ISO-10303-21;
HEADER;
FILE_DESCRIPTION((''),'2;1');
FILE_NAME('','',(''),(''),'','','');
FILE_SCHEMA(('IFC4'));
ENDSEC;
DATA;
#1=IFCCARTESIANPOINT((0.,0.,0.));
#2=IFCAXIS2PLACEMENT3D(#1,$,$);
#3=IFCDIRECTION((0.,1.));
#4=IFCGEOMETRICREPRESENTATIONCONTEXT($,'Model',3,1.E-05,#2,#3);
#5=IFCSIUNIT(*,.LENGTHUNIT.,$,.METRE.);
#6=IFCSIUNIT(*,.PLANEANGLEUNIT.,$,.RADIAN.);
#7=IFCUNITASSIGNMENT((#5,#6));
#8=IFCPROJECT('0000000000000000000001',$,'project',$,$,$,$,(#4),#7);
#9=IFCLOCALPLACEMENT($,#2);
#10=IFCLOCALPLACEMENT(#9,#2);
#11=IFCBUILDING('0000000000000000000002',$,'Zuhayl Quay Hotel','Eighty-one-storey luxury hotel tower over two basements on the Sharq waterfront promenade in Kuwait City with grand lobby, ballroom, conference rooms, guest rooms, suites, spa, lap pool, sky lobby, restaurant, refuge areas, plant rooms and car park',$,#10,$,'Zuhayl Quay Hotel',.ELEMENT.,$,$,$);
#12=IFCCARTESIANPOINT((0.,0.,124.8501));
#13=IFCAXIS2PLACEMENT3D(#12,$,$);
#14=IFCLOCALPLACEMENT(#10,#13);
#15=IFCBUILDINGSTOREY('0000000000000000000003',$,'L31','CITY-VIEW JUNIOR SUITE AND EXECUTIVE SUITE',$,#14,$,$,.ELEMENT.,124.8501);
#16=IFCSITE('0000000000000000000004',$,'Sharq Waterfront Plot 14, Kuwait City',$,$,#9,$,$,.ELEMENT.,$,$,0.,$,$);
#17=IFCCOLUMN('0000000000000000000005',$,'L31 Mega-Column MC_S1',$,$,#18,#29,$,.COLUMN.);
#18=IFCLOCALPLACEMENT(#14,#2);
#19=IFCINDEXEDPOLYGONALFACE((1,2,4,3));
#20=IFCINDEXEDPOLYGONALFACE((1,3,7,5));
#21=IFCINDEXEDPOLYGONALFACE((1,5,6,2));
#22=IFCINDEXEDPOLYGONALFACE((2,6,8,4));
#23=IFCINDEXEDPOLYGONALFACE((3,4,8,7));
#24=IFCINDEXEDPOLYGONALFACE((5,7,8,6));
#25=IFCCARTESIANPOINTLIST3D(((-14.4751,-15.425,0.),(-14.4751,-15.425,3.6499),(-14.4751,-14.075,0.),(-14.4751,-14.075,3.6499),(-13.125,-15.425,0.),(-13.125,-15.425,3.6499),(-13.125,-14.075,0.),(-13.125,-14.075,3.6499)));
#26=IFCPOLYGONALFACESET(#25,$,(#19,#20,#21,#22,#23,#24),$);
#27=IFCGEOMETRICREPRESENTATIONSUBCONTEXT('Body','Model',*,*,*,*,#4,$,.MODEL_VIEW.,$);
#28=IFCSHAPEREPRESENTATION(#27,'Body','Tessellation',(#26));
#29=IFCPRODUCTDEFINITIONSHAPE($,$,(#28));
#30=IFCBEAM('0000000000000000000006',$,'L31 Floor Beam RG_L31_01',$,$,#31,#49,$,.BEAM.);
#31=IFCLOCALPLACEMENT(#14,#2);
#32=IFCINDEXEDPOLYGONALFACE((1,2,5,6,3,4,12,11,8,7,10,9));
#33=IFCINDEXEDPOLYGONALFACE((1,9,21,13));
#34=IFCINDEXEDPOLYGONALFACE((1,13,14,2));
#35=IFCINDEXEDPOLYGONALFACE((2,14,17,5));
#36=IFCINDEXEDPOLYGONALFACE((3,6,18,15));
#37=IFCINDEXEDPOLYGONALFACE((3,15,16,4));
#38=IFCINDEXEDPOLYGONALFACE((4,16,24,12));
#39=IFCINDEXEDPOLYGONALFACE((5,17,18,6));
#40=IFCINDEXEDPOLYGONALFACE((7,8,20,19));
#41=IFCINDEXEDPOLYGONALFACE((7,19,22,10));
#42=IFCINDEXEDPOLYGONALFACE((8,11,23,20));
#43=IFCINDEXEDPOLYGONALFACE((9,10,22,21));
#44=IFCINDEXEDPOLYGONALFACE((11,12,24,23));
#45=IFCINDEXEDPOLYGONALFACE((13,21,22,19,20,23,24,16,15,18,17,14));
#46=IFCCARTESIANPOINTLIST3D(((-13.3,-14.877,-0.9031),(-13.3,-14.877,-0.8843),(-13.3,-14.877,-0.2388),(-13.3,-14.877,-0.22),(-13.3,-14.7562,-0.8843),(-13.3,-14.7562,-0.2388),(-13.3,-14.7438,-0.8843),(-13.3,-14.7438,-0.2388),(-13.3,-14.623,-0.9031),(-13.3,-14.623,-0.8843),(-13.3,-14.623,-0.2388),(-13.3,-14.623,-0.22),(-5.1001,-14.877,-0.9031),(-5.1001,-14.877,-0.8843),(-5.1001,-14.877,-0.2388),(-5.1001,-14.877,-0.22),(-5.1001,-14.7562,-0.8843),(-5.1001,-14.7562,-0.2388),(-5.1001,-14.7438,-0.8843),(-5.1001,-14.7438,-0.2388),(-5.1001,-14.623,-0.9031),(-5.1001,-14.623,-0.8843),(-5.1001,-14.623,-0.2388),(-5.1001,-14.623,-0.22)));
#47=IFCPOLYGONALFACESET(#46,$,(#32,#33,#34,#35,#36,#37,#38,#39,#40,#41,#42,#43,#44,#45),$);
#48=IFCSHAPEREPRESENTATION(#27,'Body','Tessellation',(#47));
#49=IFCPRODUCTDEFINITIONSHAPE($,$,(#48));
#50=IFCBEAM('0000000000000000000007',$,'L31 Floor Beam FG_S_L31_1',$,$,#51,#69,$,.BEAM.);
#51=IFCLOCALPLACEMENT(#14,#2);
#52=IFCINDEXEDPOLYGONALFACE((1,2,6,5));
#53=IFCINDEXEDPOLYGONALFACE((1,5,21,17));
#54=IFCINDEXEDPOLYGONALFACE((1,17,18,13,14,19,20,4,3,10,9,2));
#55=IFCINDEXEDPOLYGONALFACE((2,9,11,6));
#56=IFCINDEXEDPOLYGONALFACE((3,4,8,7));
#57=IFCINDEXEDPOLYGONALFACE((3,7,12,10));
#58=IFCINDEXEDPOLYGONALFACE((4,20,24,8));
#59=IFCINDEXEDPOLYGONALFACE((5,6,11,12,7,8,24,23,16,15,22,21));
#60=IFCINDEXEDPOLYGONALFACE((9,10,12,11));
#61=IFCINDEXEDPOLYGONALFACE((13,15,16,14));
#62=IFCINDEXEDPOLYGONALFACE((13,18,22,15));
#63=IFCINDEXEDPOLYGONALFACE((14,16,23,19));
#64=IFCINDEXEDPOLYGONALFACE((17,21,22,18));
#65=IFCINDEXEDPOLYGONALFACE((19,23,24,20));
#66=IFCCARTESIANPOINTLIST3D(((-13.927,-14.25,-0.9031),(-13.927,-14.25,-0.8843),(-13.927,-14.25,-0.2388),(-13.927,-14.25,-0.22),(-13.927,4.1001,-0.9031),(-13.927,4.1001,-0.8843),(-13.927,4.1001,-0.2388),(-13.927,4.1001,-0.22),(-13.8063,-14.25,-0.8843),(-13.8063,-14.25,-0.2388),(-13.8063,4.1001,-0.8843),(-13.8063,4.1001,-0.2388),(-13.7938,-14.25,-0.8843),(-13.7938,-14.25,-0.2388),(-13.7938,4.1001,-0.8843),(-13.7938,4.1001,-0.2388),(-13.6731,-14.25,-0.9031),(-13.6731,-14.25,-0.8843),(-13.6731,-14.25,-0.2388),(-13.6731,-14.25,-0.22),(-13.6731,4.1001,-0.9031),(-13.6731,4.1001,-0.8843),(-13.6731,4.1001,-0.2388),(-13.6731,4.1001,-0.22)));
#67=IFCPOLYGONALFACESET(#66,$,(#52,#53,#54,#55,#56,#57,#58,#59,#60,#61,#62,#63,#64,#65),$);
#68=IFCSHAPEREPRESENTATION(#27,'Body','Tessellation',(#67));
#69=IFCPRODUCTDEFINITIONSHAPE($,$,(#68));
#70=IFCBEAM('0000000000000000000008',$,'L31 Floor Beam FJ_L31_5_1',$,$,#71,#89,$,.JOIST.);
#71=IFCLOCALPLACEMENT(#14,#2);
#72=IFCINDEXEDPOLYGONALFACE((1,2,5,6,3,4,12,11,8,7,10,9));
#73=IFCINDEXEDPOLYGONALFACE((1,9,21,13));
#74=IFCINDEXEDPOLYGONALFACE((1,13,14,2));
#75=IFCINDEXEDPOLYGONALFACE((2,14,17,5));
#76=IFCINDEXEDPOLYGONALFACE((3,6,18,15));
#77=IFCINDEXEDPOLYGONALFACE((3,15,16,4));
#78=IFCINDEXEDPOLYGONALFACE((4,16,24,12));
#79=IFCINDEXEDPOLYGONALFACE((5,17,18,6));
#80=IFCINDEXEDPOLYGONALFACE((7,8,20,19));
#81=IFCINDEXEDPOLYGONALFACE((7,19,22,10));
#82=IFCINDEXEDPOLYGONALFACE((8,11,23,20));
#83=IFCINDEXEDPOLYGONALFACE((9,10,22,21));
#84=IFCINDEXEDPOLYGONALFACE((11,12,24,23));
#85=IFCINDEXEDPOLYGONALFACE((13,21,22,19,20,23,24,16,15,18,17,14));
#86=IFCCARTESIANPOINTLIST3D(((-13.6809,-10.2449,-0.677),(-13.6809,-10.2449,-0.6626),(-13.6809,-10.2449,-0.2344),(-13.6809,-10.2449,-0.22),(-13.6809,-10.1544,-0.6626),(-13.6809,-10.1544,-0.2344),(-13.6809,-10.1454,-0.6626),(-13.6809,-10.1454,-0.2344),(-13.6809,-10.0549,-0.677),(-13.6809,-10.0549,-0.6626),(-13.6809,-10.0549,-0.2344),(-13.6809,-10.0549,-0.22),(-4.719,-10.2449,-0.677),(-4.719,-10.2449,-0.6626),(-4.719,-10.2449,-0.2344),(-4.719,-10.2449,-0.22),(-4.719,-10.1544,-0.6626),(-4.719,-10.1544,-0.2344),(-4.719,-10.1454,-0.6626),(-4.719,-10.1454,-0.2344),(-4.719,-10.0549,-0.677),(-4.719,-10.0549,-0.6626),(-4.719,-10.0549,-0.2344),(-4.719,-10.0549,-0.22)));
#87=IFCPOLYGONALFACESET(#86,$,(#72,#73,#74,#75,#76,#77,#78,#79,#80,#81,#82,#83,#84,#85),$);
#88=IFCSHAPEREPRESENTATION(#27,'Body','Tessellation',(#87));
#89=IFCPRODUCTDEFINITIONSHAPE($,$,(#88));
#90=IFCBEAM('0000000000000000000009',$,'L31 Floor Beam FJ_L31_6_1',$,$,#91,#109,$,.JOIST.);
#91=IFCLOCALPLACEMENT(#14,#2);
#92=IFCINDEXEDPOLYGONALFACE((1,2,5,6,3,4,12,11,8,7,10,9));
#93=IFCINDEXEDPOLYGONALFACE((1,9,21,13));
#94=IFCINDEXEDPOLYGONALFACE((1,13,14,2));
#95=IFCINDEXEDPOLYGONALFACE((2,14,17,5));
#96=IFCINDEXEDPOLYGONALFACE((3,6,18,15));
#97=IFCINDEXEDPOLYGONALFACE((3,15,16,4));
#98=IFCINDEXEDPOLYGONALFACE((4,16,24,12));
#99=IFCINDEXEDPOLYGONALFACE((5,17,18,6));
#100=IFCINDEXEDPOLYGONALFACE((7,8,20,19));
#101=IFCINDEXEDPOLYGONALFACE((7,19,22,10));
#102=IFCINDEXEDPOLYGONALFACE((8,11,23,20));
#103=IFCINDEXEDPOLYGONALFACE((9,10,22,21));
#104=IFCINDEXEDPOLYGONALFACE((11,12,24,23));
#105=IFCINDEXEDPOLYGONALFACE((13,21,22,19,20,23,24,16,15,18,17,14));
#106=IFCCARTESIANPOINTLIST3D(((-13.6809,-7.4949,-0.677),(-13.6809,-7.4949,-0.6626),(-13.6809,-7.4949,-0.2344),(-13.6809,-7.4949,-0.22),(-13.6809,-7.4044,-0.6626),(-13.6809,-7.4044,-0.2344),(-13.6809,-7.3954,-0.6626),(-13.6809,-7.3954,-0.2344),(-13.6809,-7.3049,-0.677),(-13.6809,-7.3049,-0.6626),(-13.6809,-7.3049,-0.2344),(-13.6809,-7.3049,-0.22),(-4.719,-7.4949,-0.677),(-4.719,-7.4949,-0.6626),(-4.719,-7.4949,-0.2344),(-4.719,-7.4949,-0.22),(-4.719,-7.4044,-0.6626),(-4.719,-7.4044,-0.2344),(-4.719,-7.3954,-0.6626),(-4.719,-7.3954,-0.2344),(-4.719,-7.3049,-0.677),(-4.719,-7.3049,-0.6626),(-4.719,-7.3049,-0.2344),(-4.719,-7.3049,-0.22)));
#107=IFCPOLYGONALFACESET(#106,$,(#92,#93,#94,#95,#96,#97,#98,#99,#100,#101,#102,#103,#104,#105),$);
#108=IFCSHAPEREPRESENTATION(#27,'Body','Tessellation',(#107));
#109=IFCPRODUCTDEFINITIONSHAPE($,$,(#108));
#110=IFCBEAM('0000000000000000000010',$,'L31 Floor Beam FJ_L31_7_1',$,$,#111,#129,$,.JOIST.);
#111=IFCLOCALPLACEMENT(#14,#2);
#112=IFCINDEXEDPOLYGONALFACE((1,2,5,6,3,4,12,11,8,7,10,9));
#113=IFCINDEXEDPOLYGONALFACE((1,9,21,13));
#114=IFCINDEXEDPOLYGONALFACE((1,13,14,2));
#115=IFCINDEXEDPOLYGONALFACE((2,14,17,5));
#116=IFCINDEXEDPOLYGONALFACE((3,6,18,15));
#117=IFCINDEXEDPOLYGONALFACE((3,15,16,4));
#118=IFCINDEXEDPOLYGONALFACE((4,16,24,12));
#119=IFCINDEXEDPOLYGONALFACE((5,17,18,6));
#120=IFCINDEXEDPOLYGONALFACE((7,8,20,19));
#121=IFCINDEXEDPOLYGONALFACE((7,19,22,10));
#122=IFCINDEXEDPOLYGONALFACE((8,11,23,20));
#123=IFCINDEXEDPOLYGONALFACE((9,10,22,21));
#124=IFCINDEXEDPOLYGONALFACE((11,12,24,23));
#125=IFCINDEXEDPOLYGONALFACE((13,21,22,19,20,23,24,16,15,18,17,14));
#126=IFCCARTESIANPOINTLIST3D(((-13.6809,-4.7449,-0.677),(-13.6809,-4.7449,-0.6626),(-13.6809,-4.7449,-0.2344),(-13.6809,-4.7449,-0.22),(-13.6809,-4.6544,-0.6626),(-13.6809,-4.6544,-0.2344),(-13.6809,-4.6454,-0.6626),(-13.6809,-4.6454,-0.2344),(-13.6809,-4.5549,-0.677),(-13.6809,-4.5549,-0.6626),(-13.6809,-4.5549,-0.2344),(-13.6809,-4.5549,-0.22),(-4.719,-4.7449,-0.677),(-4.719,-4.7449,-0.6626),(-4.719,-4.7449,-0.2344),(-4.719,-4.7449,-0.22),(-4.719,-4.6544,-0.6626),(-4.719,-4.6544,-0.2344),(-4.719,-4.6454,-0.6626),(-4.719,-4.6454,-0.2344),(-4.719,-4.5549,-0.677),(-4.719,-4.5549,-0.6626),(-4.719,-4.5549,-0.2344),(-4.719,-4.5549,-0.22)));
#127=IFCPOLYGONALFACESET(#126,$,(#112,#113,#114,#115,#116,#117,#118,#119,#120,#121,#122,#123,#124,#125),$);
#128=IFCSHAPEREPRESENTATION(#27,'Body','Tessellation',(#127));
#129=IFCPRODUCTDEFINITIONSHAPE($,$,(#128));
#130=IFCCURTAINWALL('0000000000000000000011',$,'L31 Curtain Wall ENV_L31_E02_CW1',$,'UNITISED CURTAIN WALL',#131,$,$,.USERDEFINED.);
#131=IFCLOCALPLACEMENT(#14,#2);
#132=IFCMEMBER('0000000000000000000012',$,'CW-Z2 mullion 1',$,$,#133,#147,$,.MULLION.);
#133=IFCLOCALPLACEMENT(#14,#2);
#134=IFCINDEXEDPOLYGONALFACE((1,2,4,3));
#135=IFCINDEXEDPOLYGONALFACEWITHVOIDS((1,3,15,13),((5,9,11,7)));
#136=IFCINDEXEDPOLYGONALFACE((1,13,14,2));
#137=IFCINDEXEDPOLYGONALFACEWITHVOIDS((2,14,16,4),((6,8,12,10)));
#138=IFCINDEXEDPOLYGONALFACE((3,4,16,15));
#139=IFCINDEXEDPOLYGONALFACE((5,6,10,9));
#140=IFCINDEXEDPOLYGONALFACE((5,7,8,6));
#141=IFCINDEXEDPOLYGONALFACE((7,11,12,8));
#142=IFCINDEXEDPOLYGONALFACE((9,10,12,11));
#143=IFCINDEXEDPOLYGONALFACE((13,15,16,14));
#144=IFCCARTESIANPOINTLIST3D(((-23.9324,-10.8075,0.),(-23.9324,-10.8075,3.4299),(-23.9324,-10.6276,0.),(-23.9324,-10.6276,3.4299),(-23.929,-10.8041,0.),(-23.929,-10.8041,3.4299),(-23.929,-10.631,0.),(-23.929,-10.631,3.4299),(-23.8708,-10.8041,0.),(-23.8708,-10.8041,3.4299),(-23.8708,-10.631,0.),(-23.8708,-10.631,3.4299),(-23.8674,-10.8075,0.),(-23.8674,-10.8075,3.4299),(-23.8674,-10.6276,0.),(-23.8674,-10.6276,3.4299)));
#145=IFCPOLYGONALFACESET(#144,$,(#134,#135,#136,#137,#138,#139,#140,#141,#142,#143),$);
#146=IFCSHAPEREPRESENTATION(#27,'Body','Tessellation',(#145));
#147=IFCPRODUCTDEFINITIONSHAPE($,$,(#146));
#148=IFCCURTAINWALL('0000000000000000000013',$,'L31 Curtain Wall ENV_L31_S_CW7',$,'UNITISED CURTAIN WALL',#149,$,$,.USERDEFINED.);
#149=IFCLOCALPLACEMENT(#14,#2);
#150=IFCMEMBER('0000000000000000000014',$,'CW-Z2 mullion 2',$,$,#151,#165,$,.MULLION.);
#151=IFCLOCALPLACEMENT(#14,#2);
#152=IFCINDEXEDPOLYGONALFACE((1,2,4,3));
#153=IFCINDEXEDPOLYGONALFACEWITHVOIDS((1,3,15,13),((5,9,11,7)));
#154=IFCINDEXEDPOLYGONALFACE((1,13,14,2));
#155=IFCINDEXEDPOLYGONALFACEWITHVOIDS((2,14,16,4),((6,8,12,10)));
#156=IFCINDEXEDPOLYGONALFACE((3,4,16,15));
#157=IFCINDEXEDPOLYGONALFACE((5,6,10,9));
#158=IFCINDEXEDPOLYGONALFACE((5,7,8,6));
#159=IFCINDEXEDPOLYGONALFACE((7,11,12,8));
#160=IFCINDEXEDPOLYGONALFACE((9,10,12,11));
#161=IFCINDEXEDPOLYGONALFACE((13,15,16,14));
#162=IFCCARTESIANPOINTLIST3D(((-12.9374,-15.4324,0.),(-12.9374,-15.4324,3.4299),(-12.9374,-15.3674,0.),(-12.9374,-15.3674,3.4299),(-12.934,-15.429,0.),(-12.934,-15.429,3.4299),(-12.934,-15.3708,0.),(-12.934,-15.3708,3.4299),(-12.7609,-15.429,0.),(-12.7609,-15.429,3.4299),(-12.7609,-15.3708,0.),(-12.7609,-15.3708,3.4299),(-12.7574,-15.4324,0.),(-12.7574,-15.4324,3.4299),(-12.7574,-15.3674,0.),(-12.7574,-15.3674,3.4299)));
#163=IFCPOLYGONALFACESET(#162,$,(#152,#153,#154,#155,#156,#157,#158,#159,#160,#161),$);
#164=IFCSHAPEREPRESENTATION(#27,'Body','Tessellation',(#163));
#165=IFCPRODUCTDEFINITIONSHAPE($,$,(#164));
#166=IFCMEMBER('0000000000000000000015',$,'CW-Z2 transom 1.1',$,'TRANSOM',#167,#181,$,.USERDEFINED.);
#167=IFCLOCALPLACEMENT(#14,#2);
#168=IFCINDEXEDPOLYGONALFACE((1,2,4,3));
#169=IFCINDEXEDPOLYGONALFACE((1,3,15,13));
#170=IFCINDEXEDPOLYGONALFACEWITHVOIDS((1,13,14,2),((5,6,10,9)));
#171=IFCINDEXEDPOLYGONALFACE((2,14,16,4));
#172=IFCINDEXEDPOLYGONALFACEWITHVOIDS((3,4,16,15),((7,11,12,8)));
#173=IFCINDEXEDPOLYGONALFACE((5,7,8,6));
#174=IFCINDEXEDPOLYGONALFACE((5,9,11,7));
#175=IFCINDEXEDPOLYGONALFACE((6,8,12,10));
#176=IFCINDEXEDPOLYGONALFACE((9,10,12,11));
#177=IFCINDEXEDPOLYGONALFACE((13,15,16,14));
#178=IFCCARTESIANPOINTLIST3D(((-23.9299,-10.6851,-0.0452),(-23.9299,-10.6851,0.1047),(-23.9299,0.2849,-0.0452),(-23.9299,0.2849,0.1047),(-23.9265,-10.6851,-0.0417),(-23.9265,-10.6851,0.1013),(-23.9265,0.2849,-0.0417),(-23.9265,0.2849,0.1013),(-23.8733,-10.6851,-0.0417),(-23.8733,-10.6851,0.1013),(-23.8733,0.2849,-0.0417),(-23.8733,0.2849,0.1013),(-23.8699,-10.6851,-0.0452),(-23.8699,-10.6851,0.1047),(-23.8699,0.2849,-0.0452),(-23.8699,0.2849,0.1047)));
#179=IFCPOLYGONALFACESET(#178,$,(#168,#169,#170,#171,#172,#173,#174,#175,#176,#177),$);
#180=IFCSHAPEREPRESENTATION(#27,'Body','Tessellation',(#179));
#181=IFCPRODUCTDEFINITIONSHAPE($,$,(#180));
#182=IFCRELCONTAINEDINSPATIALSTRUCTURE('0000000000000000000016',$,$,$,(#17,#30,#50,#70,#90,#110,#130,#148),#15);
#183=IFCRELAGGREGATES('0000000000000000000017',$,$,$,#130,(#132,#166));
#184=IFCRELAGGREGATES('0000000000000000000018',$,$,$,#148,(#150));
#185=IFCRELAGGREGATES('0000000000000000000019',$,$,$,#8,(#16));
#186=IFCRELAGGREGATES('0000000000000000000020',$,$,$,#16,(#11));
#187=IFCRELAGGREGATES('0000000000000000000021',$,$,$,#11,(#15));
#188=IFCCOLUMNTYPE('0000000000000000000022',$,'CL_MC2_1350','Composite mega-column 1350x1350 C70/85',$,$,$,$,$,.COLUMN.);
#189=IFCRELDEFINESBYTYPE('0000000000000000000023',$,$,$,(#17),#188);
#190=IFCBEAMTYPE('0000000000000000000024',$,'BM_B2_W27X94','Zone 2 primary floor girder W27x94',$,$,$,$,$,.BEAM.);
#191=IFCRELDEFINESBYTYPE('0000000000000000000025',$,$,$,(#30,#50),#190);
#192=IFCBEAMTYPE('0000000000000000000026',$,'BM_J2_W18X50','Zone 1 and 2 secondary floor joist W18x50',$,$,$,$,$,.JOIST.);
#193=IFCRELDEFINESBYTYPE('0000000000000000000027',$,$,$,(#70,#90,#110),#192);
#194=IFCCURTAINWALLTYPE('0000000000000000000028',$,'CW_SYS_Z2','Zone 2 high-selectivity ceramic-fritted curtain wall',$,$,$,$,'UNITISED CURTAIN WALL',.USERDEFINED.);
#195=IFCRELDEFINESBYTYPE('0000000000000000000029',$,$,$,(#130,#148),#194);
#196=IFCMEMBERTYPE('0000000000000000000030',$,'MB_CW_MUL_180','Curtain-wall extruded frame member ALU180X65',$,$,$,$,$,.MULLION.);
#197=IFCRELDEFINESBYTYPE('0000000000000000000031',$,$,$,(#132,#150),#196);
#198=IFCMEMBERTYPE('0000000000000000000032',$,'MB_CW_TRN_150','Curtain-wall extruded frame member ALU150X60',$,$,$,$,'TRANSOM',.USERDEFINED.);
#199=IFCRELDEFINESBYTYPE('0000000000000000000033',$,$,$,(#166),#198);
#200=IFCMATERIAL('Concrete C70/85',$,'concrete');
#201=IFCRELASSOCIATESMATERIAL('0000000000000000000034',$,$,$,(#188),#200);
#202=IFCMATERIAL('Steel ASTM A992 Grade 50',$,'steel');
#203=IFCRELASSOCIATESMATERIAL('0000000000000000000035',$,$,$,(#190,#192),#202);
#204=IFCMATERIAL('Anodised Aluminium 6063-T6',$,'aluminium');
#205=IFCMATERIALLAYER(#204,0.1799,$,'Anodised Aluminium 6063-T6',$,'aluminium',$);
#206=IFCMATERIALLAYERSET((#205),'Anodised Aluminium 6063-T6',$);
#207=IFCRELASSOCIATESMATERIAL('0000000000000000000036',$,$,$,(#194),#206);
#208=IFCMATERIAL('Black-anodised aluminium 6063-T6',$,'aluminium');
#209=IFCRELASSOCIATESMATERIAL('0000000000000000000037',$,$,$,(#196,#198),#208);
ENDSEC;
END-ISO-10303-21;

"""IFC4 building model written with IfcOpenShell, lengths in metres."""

from ifc_helpers import new_model, si_unit, direction, frame, origin, origin_2d, place, context, subcontext, project, spatial, rectangle, hollow_rectangle, i_section, extrude, material, layer, layer_set, material_profile, profile_set, type_object, element, aggregate, save


model = new_model("IFC4")

# Units and contexts
model_context = context("Model", 3, precision=1e-05, world=origin(), true_north=direction((0.0, 1.0)))
body_context = subcontext(model_context, "Body", "Model", "MODEL_VIEW")
ifc_project = project(units=[si_unit("LENGTHUNIT", "METRE"), si_unit("PLANEANGLEUNIT", "RADIAN")], contexts=[model_context])

# Site, building, storey
site_placement = place(None, origin())
site = spatial("IfcSite", under=ifc_project, at=site_placement, Name="Sharq Waterfront Plot 14, Kuwait City", CompositionType="ELEMENT", RefElevation=0.0)
building_placement = place(site_placement, origin())
building = spatial("IfcBuilding", under=site, at=building_placement, Name="Zuhayl Quay Hotel", Description="Eighty-one-storey luxury hotel tower over two basements on the Sharq waterfront promenade in Kuwait City with grand lobby, ballroom, conference rooms, guest rooms, suites, spa, lap pool, sky lobby, restaurant, refuge areas, plant rooms and car park", LongName="Zuhayl Quay Hotel", CompositionType="ELEMENT")
storey_placement = place(building_placement, frame((0.0, 0.0, 124.8501)))
storey = spatial("IfcBuildingStorey", under=building, at=storey_placement, Name="L31", Description="CITY-VIEW JUNIOR SUITE AND EXECUTIVE SUITE", CompositionType="ELEMENT", Elevation=124.8501)

# Column
ifc_material_1 = material(Name="Concrete C70/85", Category="concrete")
ifc_material_profile_1 = material_profile(ifc_material_1, rectangle(XDim=1.3501, YDim=1.3501, at=origin_2d()), Name="RC1350X1350")
ifc_profile_set_1 = profile_set([ifc_material_profile_1], Name="Concrete C70/85")
column_type = type_object("IfcColumnType", Name="CL_MC2_1350", Description="Composite mega-column 1350x1350 C70/85", PredefinedType="COLUMN", material=ifc_profile_set_1)
column_placement = place(storey_placement, frame((-13.8, -14.75, 0.0), z_axis=(0.0, 0.0, 1.0), x_axis=(1.0, 0.0, 0.0)))
element("IfcColumn", 1, at=column_placement, inside=storey, type_object=column_type, Name="L31 Mega-Column MC_S1", PredefinedType="COLUMN", context=body_context, shape_type="SweptSolid", body=[
    extrude(rectangle(XDim=1.3501, YDim=1.3501, at=origin_2d()), origin(), (0.0, 0.0, 1.0), 3.6499),
])

# Beams
ifc_material_2 = material(Name="Steel ASTM A992 Grade 50", Category="steel")
ifc_material_profile_2 = material_profile(ifc_material_2, i_section(OverallWidth=0.2539, OverallDepth=0.6831, WebThickness=0.0125, FlangeThickness=0.0188, at=origin_2d()), Name="W27X94")
ifc_profile_set_2 = profile_set([ifc_material_profile_2], Name="Steel ASTM A992 Grade 50")
beam_type_1 = type_object("IfcBeamType", Name="BM_B2_W27X94", Description="Zone 2 primary floor girder W27x94", PredefinedType="BEAM", material=ifc_profile_set_2)
beam_1_placement = place(storey_placement, frame((-13.3, -14.75, -0.5615), z_axis=(1.0, 0.0, 0.0), x_axis=(0.0, 1.0, 0.0)))
element("IfcBeam", 2, at=beam_1_placement, inside=storey, type_object=beam_type_1, Name="L31 Floor Beam RG_L31_01", PredefinedType="BEAM", context=body_context, shape_type="SweptSolid", body=[
    extrude(i_section(OverallWidth=0.2539, OverallDepth=0.6831, WebThickness=0.0125, FlangeThickness=0.0188, at=origin_2d()), origin(), (0.0, 0.0, 1.0), 8.2),
])
beam_2_placement = place(storey_placement, frame((-13.8, -14.25, -0.5615), z_axis=(0.0, 1.0, 0.0), x_axis=(-1.0, 0.0, 0.0)))
element("IfcBeam", 3, at=beam_2_placement, inside=storey, type_object=beam_type_1, Name="L31 Floor Beam FG_S_L31_1", PredefinedType="BEAM", context=body_context, shape_type="SweptSolid", body=[
    extrude(i_section(OverallWidth=0.2539, OverallDepth=0.6831, WebThickness=0.0125, FlangeThickness=0.0188, at=origin_2d()), origin(), (0.0, 0.0, 1.0), 18.3501),
])
ifc_material_profile_3 = material_profile(ifc_material_2, i_section(OverallWidth=0.1899, OverallDepth=0.457, WebThickness=0.009, FlangeThickness=0.0144, at=origin_2d()), Name="W18X50")
ifc_profile_set_3 = profile_set([ifc_material_profile_3], Name="Steel ASTM A992 Grade 50")
beam_type_2 = type_object("IfcBeamType", Name="BM_J2_W18X50", Description="Zone 1 and 2 secondary floor joist W18x50", PredefinedType="JOIST", material=ifc_profile_set_3)
for number, where, z_axis, x_axis, name in (
    (4, (-13.6809, -10.1499, -0.4485), (1.0, 0.0, 0.0), (0.0, 1.0, 0.0), "L31 Floor Beam FJ_L31_5_1"),
    (5, (-13.6809, -7.3999, -0.4485), (1.0, 0.0, 0.0), (0.0, 1.0, 0.0), "L31 Floor Beam FJ_L31_6_1"),
    (6, (-13.6809, -4.6499, -0.4485), (1.0, 0.0, 0.0), (0.0, 1.0, 0.0), "L31 Floor Beam FJ_L31_7_1"),
):
    element("IfcBeam", number, at=place(storey_placement, frame(where, z_axis=z_axis, x_axis=x_axis)), inside=storey, type_object=beam_type_2, Name=name, PredefinedType="JOIST", context=body_context, shape_type="SweptSolid", body=[
        extrude(i_section(OverallWidth=0.1899, OverallDepth=0.457, WebThickness=0.009, FlangeThickness=0.0144, at=origin_2d()), origin(), (0.0, 0.0, 1.0), 8.9619),
    ])

# Curtain walls, members
ifc_material_3 = material(Name="Anodised Aluminium 6063-T6", Category="aluminium")
ifc_layer_1 = layer(ifc_material_3, 0.1799, Name="Anodised Aluminium 6063-T6", Category="aluminium")
ifc_layer_set_1 = layer_set([ifc_layer_1], Name="Anodised Aluminium 6063-T6")
curtain_wall_type = type_object("IfcCurtainWallType", Name="CW_SYS_Z2", Description="Zone 2 high-selectivity ceramic-fritted curtain wall", ElementType="UNITISED CURTAIN WALL", PredefinedType="USERDEFINED", material=ifc_layer_set_1)
curtain_wall_1_placement = place(storey_placement, origin())
curtain_wall_1 = element("IfcCurtainWall", 7, at=curtain_wall_1_placement, inside=storey, type_object=curtain_wall_type, Name="L31 Curtain Wall ENV_L31_E02_CW1", ObjectType="UNITISED CURTAIN WALL", PredefinedType="USERDEFINED")
ifc_material_4 = material(Name="Black-anodised aluminium 6063-T6", Category="aluminium")
ifc_material_profile_4 = material_profile(ifc_material_4, hollow_rectangle(XDim=0.0649, YDim=0.1799, WallThickness=0.0034, at=origin_2d()), Name="ALU180X65")
ifc_profile_set_4 = profile_set([ifc_material_profile_4], Name="Black-anodised aluminium 6063-T6")
member_type_1 = type_object("IfcMemberType", Name="MB_CW_MUL_180", Description="Curtain-wall extruded frame member ALU180X65", PredefinedType="MULLION", material=ifc_profile_set_4)
member_1_placement = place(storey_placement, frame((-23.8999, -10.7175, 0.0), z_axis=(0.0, 0.0, 1.0), x_axis=(-1.0, 0.0, 0.0)))
member_1 = element("IfcMember", 8, at=member_1_placement, type_object=member_type_1, Name="CW-Z2 mullion 1", PredefinedType="MULLION", context=body_context, shape_type="SweptSolid", body=[
    extrude(hollow_rectangle(XDim=0.0649, YDim=0.1799, WallThickness=0.0034, at=origin_2d()), origin(), (0.0, 0.0, 1.0), 3.4299),
])
curtain_wall_2_placement = place(storey_placement, origin())
curtain_wall_2 = element("IfcCurtainWall", 9, at=curtain_wall_2_placement, inside=storey, type_object=curtain_wall_type, Name="L31 Curtain Wall ENV_L31_S_CW7", ObjectType="UNITISED CURTAIN WALL", PredefinedType="USERDEFINED")
member_2_placement = place(storey_placement, frame((-12.8474, -15.3999, 0.0), z_axis=(0.0, 0.0, 1.0), x_axis=(0.0, -1.0, 0.0)))
member_2 = element("IfcMember", 10, at=member_2_placement, type_object=member_type_1, Name="CW-Z2 mullion 2", PredefinedType="MULLION", context=body_context, shape_type="SweptSolid", body=[
    extrude(hollow_rectangle(XDim=0.0649, YDim=0.1799, WallThickness=0.0034, at=origin_2d()), origin(), (0.0, 0.0, 1.0), 3.4299),
])

# Member
ifc_material_profile_5 = material_profile(ifc_material_4, hollow_rectangle(XDim=0.0601, YDim=0.1499, WallThickness=0.0034, at=origin_2d()), Name="ALU150X60")
ifc_profile_set_5 = profile_set([ifc_material_profile_5], Name="Black-anodised aluminium 6063-T6")
member_type_2 = type_object("IfcMemberType", Name="MB_CW_TRN_150", Description="Curtain-wall extruded frame member ALU150X60", ElementType="TRANSOM", PredefinedType="USERDEFINED", material=ifc_profile_set_5)
member_3_placement = place(storey_placement, frame((-23.8999, -10.6851, 0.0298), z_axis=(0.0, 1.0, 0.0), x_axis=(-1.0, 0.0, 0.0)))
member_3 = element("IfcMember", 11, at=member_3_placement, type_object=member_type_2, Name="CW-Z2 transom 1.1", ObjectType="TRANSOM", PredefinedType="USERDEFINED", context=body_context, shape_type="SweptSolid", body=[
    extrude(hollow_rectangle(XDim=0.0601, YDim=0.1499, WallThickness=0.0034, at=origin_2d()), origin(), (0.0, 0.0, 1.0), 10.97),
])

aggregate(curtain_wall_1, [member_1, member_3])
aggregate(curtain_wall_2, [member_2])

save(model, "model.ifc")
